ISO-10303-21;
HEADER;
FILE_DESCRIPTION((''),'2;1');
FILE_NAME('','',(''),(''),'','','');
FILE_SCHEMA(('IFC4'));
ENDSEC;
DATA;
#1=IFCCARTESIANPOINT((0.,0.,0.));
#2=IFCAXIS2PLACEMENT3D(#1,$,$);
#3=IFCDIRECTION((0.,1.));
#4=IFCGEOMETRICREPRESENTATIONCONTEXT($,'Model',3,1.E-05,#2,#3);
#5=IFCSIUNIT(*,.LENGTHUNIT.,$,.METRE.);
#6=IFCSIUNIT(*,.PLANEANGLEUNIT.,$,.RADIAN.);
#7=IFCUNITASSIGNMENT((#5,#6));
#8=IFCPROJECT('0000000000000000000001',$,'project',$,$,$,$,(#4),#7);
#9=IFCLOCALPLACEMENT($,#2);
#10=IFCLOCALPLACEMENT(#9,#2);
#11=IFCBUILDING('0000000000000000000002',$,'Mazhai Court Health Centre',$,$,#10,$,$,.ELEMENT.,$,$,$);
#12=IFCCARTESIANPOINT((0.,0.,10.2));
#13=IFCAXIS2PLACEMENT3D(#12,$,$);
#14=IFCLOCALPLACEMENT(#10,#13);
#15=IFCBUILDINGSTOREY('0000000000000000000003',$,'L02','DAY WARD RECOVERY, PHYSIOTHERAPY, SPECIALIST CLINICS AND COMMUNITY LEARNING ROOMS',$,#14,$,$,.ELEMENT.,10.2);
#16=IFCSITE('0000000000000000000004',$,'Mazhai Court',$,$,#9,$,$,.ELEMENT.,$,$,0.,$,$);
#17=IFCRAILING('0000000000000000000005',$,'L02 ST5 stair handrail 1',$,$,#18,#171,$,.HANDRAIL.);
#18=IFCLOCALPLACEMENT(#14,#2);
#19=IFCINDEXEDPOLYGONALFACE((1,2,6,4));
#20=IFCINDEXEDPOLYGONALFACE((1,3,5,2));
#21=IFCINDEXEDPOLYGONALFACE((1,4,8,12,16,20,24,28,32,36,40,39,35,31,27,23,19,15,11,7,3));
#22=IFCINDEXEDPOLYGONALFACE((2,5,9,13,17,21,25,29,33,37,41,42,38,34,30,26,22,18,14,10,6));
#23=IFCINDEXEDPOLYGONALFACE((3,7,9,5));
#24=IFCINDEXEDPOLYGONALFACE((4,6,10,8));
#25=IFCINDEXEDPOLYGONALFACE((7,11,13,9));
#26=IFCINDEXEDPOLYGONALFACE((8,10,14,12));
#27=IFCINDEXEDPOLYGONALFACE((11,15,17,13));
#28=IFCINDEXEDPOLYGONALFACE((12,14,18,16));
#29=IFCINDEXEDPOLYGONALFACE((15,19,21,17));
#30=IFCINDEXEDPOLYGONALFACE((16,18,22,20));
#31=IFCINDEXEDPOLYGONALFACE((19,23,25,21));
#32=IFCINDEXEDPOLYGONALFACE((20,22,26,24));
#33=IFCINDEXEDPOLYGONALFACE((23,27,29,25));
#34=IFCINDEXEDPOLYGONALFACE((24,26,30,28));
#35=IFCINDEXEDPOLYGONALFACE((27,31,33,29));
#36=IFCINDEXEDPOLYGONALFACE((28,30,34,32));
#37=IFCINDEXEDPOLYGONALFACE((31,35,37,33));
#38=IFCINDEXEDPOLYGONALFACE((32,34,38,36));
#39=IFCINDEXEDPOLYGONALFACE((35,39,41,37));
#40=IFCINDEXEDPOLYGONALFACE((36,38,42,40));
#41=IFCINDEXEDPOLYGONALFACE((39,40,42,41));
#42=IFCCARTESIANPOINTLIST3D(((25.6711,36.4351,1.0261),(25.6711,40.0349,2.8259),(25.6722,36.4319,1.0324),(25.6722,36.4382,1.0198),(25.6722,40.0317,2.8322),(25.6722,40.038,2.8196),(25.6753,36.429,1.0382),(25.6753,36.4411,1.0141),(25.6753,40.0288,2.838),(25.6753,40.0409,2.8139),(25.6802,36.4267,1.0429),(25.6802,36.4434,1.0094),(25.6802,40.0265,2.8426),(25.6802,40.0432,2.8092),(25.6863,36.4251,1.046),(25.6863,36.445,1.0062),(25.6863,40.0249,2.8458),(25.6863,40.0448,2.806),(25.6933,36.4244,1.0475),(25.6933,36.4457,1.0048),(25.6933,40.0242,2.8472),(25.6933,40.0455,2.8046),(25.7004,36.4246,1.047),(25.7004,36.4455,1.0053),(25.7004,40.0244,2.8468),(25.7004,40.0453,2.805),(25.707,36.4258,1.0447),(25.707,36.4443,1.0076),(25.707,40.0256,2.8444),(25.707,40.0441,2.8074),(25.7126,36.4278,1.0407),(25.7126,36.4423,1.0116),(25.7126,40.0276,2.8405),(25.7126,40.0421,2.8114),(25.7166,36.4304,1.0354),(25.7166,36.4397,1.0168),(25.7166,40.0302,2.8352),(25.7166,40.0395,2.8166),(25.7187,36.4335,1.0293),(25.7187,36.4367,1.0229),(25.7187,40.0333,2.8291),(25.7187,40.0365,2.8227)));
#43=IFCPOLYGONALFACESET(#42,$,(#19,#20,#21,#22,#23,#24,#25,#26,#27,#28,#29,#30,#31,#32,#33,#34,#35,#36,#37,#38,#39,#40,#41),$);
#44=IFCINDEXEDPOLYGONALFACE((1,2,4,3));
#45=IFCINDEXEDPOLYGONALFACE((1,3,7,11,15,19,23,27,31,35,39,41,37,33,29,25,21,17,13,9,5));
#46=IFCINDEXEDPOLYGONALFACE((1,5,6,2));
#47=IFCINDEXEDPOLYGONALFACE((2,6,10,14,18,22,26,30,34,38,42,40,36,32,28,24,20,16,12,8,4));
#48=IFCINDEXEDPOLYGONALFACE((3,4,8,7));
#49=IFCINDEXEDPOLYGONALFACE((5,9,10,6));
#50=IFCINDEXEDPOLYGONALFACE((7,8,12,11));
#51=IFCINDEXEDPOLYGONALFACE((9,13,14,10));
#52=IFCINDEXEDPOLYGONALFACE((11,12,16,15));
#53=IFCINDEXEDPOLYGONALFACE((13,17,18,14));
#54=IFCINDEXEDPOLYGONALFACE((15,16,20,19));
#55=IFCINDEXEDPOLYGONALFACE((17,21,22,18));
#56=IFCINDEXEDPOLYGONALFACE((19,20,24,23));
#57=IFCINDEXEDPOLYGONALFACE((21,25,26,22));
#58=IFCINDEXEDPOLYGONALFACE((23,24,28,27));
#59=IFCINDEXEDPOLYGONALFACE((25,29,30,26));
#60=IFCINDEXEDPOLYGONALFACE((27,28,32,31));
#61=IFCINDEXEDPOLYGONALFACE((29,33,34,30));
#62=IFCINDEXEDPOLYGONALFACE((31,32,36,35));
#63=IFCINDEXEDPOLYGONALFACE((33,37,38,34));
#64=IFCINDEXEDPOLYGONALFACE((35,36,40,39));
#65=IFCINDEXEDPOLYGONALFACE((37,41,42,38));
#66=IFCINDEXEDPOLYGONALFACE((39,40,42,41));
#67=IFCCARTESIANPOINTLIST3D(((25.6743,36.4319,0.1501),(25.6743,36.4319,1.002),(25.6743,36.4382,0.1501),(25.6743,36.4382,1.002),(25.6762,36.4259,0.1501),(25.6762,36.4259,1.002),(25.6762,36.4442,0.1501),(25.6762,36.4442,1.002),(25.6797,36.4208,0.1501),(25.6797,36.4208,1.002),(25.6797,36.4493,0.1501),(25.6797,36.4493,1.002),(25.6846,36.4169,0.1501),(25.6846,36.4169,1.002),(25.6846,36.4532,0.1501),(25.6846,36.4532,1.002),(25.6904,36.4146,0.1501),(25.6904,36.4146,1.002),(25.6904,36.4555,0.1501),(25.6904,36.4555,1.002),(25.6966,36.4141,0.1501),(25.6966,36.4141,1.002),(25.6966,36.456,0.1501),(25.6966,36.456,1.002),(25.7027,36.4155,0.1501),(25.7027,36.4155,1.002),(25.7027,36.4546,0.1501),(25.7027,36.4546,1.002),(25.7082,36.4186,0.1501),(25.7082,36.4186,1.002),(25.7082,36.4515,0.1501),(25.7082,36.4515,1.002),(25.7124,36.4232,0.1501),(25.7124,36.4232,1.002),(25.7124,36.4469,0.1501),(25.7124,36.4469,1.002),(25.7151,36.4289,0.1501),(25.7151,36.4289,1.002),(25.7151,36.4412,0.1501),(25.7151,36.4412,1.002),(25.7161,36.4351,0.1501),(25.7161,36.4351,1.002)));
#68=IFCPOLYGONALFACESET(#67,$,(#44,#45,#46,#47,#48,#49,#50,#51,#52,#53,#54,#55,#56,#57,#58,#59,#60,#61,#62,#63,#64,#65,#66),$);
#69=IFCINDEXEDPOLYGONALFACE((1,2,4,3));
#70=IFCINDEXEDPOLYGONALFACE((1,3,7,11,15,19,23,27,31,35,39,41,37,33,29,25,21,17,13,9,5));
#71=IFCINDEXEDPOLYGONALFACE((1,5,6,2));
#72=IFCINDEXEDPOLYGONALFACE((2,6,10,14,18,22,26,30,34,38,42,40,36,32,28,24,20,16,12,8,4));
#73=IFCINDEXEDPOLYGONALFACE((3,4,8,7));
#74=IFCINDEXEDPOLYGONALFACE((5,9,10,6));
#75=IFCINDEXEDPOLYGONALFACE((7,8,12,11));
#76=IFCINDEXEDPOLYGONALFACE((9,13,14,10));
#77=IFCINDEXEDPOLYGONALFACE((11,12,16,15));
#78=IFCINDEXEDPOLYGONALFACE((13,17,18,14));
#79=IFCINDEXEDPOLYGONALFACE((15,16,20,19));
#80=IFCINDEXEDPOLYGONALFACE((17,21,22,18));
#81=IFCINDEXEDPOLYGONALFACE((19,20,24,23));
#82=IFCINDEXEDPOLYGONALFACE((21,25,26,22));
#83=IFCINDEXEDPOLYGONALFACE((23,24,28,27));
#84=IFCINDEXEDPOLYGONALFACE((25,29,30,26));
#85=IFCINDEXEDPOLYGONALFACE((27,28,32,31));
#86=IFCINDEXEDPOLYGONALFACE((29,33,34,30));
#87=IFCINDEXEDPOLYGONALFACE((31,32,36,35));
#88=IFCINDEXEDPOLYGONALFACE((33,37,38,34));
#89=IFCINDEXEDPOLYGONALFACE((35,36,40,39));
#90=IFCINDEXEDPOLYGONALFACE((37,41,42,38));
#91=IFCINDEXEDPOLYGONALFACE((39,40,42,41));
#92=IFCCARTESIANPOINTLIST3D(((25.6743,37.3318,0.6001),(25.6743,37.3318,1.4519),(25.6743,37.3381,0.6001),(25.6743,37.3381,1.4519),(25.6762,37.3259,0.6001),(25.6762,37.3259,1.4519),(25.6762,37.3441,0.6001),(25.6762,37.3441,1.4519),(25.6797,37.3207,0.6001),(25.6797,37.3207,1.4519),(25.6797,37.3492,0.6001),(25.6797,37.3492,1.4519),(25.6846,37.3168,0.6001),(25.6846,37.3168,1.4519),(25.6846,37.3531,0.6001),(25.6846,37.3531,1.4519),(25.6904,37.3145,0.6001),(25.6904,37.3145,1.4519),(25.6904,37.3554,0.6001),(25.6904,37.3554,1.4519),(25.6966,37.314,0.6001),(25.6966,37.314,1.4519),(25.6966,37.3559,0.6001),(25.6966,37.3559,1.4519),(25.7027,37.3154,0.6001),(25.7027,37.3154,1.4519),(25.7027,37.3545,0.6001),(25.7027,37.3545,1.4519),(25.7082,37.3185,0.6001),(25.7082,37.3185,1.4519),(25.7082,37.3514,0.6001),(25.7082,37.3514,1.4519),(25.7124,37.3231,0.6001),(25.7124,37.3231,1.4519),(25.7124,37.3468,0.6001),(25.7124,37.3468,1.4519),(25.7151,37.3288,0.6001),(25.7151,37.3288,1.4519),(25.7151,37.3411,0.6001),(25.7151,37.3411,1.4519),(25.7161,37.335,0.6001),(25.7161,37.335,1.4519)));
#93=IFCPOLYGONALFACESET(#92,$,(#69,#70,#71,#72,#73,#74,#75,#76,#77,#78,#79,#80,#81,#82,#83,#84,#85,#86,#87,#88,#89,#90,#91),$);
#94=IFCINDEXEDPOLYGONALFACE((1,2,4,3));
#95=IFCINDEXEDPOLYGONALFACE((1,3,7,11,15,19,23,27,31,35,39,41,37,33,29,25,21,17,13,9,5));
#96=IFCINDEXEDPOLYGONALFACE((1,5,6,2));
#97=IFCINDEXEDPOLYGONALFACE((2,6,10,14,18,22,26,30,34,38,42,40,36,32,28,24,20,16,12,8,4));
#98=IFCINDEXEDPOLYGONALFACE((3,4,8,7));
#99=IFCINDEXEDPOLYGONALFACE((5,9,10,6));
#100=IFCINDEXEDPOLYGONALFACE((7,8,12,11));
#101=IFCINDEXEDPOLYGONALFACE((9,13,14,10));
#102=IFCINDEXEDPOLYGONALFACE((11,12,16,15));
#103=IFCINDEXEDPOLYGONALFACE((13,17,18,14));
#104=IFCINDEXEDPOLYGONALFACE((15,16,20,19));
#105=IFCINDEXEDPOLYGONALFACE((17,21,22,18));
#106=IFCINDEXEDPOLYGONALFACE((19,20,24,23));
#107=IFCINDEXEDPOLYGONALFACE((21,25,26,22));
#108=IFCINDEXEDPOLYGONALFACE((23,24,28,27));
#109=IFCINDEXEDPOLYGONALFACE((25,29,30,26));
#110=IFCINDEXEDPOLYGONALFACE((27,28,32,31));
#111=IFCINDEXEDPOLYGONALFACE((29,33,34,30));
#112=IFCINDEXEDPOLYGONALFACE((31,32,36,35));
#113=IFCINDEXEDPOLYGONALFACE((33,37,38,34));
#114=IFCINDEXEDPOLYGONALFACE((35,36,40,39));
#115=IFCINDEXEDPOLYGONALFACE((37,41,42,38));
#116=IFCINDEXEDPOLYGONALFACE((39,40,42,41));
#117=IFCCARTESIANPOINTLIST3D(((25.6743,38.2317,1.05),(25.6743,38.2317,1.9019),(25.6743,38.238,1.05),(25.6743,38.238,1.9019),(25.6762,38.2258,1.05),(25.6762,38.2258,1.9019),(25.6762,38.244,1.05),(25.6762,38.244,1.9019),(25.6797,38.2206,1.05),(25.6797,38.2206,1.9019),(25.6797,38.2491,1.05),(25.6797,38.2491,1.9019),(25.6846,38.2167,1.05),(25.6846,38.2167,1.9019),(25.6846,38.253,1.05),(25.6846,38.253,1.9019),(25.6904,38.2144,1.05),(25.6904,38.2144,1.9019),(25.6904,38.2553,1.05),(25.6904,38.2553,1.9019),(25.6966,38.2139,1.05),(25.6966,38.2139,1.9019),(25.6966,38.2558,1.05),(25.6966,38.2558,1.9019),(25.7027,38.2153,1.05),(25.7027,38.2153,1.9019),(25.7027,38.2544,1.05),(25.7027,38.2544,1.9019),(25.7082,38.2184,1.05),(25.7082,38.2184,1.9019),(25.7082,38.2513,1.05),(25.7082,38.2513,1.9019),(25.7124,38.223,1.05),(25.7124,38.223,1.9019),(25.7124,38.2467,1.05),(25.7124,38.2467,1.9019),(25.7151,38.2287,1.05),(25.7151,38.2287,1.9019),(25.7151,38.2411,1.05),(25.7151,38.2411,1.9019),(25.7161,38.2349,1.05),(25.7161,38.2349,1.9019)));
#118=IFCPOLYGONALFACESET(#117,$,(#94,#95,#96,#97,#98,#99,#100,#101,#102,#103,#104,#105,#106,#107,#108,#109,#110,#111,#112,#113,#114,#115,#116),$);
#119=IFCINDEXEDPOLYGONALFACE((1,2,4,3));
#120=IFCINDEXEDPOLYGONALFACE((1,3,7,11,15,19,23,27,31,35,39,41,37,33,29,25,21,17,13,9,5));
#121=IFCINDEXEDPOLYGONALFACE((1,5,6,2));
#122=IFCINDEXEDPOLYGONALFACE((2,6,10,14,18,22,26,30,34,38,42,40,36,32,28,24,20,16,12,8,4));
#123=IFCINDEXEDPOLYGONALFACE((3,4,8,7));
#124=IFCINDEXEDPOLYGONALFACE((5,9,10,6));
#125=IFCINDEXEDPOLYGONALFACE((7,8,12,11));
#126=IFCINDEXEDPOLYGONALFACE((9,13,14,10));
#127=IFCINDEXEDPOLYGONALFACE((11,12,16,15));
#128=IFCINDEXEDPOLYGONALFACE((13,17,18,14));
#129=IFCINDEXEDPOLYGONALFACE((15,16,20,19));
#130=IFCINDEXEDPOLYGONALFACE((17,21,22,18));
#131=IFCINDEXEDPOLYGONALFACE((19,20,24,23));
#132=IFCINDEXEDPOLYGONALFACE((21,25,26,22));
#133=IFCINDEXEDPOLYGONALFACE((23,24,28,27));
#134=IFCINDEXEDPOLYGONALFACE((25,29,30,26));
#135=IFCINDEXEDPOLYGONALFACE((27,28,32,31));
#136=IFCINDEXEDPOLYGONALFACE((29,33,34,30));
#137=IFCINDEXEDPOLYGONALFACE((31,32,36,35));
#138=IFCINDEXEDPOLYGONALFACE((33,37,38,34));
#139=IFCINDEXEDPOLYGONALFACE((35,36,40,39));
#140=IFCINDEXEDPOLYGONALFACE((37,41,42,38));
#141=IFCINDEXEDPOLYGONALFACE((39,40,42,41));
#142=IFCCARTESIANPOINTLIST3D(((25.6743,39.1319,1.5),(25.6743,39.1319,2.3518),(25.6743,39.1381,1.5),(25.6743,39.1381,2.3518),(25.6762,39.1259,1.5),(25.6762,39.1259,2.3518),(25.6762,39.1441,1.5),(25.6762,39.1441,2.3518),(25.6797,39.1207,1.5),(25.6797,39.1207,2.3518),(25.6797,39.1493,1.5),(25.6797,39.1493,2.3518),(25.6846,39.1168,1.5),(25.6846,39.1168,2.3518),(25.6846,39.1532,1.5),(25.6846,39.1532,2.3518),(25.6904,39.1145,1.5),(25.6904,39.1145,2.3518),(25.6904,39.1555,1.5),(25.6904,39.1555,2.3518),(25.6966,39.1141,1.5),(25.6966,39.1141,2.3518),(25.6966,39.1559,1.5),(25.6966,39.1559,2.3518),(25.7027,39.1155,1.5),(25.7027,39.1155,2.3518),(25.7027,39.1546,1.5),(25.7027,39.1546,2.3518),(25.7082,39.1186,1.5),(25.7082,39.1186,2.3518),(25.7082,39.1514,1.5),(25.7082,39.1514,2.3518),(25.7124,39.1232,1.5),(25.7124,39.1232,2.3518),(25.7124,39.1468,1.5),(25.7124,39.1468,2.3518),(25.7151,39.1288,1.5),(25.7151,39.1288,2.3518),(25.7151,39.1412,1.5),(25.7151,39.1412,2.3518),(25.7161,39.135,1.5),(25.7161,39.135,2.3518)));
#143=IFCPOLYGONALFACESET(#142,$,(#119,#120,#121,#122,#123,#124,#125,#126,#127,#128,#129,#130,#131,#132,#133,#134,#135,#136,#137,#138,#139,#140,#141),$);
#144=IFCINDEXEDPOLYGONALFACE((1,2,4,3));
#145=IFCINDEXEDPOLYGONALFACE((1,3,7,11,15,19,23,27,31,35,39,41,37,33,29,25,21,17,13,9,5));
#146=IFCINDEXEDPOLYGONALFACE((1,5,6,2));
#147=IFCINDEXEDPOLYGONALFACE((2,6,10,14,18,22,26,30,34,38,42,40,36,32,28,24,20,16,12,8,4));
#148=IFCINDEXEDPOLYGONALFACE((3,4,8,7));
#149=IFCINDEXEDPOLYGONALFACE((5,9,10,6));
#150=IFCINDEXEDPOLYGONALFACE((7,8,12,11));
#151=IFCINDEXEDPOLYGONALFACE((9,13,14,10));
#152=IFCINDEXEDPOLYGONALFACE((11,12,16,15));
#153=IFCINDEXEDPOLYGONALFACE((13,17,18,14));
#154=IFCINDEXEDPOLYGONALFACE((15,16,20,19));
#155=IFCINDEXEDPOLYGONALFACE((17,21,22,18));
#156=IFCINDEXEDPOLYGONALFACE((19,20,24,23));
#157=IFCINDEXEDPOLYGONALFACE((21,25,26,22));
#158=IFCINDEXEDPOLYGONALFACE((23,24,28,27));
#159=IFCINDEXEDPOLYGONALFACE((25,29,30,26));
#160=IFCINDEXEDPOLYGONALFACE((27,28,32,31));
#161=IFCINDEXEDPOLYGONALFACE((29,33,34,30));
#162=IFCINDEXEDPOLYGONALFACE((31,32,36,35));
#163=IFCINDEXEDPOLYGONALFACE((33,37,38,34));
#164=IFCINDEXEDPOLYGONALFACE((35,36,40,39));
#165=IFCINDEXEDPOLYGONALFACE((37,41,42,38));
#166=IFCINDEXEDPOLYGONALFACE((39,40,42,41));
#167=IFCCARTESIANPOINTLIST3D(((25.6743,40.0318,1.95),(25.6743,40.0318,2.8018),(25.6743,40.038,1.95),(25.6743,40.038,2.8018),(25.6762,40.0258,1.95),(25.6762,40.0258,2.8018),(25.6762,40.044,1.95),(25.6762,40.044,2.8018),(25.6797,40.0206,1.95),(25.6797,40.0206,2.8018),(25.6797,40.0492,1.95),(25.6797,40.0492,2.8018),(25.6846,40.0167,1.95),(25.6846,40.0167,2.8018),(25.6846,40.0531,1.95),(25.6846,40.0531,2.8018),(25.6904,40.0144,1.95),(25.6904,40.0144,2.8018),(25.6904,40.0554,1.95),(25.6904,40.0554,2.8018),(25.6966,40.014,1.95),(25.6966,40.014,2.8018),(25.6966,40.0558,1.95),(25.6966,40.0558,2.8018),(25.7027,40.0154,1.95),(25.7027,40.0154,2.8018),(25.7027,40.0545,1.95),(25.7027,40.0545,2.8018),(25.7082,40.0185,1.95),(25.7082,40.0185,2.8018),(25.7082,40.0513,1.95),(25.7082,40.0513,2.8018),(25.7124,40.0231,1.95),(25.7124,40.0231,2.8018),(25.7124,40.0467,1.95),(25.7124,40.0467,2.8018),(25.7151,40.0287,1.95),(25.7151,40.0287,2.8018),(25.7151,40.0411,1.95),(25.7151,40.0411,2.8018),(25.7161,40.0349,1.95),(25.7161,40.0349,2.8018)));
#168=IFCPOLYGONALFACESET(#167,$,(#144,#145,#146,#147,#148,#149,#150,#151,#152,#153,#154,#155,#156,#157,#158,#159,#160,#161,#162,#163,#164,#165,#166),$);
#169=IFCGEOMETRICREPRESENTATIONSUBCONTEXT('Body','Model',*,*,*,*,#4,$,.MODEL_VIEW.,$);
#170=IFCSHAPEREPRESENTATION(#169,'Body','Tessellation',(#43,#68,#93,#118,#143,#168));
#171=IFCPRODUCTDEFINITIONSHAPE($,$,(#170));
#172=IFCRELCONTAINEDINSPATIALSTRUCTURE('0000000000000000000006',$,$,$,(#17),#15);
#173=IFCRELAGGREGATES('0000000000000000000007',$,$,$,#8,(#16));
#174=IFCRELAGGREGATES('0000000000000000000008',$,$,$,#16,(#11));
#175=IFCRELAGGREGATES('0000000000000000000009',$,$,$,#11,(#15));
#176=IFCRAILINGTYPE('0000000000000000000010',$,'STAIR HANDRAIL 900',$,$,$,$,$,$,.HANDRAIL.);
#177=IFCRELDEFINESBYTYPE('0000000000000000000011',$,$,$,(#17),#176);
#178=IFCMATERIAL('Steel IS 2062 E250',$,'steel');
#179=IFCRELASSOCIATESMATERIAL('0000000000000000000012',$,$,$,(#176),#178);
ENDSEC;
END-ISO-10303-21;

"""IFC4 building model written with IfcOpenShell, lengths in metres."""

from ifc_helpers import new_model, si_unit, direction, frame, origin, origin_2d, place, context, subcontext, project, spatial, circle, extrude, material, type_object, element, save


model = new_model("IFC4")

# Units and contexts
model_context = context("Model", 3, precision=1e-05, world=origin(), true_north=direction((0.0, 1.0)))
body_context = subcontext(model_context, "Body", "Model", "MODEL_VIEW")
ifc_project = project(units=[si_unit("LENGTHUNIT", "METRE"), si_unit("PLANEANGLEUNIT", "RADIAN")], contexts=[model_context])

# Site, building, storey
site_placement = place(None, origin())
site = spatial("IfcSite", under=ifc_project, at=site_placement, Name="Mazhai Court", CompositionType="ELEMENT", RefElevation=0.0)
building_placement = place(site_placement, origin())
building = spatial("IfcBuilding", under=site, at=building_placement, Name="Mazhai Court Health Centre", CompositionType="ELEMENT")
storey_placement = place(building_placement, frame((0.0, 0.0, 10.2)))
storey = spatial("IfcBuildingStorey", under=building, at=storey_placement, Name="L02", Description="DAY WARD RECOVERY, PHYSIOTHERAPY, SPECIALIST CLINICS AND COMMUNITY LEARNING ROOMS", CompositionType="ELEMENT", Elevation=10.2)

# Railing
ifc_material_1 = material(Name="Steel IS 2062 E250", Category="steel")
railing_type_1 = type_object("IfcRailingType", Name="STAIR HANDRAIL 900", PredefinedType="HANDRAIL", material=ifc_material_1)
railing_1_placement = place(storey_placement, frame((25.6951, 36.4351, 0.1501)))
element("IfcRailing", 1, at=railing_1_placement, inside=storey, type_object=railing_type_1, Name="L02 ST5 stair handrail 1", PredefinedType="HANDRAIL", context=body_context, shape_type="SweptSolid", body=[
    extrude(circle(Radius=0.0239, at=origin_2d()), frame((0.0, 0.0, 0.876), z_axis=(0.0, 0.894439, 0.447189), x_axis=(-1.0, 0.0, 0.0)), (0.0, 0.0, 1.0), 4.0247),
    extrude(circle(Radius=0.021, at=origin_2d()), origin(), (0.0, 0.0, 1.0), 0.8518),
    extrude(circle(Radius=0.021, at=origin_2d()), frame((0.0, 0.8999, 0.45)), (0.0, 0.0, 1.0), 0.8518),
    extrude(circle(Radius=0.021, at=origin_2d()), frame((0.0, 1.7998, 0.8999)), (0.0, 0.0, 1.0), 0.8518),
    extrude(circle(Radius=0.021, at=origin_2d()), frame((0.0, 2.7, 1.3499)), (0.0, 0.0, 1.0), 0.8518),
    extrude(circle(Radius=0.021, at=origin_2d()), frame((0.0, 3.5999, 1.7998)), (0.0, 0.0, 1.0), 0.8518),
])

save(model, "model.ifc")
